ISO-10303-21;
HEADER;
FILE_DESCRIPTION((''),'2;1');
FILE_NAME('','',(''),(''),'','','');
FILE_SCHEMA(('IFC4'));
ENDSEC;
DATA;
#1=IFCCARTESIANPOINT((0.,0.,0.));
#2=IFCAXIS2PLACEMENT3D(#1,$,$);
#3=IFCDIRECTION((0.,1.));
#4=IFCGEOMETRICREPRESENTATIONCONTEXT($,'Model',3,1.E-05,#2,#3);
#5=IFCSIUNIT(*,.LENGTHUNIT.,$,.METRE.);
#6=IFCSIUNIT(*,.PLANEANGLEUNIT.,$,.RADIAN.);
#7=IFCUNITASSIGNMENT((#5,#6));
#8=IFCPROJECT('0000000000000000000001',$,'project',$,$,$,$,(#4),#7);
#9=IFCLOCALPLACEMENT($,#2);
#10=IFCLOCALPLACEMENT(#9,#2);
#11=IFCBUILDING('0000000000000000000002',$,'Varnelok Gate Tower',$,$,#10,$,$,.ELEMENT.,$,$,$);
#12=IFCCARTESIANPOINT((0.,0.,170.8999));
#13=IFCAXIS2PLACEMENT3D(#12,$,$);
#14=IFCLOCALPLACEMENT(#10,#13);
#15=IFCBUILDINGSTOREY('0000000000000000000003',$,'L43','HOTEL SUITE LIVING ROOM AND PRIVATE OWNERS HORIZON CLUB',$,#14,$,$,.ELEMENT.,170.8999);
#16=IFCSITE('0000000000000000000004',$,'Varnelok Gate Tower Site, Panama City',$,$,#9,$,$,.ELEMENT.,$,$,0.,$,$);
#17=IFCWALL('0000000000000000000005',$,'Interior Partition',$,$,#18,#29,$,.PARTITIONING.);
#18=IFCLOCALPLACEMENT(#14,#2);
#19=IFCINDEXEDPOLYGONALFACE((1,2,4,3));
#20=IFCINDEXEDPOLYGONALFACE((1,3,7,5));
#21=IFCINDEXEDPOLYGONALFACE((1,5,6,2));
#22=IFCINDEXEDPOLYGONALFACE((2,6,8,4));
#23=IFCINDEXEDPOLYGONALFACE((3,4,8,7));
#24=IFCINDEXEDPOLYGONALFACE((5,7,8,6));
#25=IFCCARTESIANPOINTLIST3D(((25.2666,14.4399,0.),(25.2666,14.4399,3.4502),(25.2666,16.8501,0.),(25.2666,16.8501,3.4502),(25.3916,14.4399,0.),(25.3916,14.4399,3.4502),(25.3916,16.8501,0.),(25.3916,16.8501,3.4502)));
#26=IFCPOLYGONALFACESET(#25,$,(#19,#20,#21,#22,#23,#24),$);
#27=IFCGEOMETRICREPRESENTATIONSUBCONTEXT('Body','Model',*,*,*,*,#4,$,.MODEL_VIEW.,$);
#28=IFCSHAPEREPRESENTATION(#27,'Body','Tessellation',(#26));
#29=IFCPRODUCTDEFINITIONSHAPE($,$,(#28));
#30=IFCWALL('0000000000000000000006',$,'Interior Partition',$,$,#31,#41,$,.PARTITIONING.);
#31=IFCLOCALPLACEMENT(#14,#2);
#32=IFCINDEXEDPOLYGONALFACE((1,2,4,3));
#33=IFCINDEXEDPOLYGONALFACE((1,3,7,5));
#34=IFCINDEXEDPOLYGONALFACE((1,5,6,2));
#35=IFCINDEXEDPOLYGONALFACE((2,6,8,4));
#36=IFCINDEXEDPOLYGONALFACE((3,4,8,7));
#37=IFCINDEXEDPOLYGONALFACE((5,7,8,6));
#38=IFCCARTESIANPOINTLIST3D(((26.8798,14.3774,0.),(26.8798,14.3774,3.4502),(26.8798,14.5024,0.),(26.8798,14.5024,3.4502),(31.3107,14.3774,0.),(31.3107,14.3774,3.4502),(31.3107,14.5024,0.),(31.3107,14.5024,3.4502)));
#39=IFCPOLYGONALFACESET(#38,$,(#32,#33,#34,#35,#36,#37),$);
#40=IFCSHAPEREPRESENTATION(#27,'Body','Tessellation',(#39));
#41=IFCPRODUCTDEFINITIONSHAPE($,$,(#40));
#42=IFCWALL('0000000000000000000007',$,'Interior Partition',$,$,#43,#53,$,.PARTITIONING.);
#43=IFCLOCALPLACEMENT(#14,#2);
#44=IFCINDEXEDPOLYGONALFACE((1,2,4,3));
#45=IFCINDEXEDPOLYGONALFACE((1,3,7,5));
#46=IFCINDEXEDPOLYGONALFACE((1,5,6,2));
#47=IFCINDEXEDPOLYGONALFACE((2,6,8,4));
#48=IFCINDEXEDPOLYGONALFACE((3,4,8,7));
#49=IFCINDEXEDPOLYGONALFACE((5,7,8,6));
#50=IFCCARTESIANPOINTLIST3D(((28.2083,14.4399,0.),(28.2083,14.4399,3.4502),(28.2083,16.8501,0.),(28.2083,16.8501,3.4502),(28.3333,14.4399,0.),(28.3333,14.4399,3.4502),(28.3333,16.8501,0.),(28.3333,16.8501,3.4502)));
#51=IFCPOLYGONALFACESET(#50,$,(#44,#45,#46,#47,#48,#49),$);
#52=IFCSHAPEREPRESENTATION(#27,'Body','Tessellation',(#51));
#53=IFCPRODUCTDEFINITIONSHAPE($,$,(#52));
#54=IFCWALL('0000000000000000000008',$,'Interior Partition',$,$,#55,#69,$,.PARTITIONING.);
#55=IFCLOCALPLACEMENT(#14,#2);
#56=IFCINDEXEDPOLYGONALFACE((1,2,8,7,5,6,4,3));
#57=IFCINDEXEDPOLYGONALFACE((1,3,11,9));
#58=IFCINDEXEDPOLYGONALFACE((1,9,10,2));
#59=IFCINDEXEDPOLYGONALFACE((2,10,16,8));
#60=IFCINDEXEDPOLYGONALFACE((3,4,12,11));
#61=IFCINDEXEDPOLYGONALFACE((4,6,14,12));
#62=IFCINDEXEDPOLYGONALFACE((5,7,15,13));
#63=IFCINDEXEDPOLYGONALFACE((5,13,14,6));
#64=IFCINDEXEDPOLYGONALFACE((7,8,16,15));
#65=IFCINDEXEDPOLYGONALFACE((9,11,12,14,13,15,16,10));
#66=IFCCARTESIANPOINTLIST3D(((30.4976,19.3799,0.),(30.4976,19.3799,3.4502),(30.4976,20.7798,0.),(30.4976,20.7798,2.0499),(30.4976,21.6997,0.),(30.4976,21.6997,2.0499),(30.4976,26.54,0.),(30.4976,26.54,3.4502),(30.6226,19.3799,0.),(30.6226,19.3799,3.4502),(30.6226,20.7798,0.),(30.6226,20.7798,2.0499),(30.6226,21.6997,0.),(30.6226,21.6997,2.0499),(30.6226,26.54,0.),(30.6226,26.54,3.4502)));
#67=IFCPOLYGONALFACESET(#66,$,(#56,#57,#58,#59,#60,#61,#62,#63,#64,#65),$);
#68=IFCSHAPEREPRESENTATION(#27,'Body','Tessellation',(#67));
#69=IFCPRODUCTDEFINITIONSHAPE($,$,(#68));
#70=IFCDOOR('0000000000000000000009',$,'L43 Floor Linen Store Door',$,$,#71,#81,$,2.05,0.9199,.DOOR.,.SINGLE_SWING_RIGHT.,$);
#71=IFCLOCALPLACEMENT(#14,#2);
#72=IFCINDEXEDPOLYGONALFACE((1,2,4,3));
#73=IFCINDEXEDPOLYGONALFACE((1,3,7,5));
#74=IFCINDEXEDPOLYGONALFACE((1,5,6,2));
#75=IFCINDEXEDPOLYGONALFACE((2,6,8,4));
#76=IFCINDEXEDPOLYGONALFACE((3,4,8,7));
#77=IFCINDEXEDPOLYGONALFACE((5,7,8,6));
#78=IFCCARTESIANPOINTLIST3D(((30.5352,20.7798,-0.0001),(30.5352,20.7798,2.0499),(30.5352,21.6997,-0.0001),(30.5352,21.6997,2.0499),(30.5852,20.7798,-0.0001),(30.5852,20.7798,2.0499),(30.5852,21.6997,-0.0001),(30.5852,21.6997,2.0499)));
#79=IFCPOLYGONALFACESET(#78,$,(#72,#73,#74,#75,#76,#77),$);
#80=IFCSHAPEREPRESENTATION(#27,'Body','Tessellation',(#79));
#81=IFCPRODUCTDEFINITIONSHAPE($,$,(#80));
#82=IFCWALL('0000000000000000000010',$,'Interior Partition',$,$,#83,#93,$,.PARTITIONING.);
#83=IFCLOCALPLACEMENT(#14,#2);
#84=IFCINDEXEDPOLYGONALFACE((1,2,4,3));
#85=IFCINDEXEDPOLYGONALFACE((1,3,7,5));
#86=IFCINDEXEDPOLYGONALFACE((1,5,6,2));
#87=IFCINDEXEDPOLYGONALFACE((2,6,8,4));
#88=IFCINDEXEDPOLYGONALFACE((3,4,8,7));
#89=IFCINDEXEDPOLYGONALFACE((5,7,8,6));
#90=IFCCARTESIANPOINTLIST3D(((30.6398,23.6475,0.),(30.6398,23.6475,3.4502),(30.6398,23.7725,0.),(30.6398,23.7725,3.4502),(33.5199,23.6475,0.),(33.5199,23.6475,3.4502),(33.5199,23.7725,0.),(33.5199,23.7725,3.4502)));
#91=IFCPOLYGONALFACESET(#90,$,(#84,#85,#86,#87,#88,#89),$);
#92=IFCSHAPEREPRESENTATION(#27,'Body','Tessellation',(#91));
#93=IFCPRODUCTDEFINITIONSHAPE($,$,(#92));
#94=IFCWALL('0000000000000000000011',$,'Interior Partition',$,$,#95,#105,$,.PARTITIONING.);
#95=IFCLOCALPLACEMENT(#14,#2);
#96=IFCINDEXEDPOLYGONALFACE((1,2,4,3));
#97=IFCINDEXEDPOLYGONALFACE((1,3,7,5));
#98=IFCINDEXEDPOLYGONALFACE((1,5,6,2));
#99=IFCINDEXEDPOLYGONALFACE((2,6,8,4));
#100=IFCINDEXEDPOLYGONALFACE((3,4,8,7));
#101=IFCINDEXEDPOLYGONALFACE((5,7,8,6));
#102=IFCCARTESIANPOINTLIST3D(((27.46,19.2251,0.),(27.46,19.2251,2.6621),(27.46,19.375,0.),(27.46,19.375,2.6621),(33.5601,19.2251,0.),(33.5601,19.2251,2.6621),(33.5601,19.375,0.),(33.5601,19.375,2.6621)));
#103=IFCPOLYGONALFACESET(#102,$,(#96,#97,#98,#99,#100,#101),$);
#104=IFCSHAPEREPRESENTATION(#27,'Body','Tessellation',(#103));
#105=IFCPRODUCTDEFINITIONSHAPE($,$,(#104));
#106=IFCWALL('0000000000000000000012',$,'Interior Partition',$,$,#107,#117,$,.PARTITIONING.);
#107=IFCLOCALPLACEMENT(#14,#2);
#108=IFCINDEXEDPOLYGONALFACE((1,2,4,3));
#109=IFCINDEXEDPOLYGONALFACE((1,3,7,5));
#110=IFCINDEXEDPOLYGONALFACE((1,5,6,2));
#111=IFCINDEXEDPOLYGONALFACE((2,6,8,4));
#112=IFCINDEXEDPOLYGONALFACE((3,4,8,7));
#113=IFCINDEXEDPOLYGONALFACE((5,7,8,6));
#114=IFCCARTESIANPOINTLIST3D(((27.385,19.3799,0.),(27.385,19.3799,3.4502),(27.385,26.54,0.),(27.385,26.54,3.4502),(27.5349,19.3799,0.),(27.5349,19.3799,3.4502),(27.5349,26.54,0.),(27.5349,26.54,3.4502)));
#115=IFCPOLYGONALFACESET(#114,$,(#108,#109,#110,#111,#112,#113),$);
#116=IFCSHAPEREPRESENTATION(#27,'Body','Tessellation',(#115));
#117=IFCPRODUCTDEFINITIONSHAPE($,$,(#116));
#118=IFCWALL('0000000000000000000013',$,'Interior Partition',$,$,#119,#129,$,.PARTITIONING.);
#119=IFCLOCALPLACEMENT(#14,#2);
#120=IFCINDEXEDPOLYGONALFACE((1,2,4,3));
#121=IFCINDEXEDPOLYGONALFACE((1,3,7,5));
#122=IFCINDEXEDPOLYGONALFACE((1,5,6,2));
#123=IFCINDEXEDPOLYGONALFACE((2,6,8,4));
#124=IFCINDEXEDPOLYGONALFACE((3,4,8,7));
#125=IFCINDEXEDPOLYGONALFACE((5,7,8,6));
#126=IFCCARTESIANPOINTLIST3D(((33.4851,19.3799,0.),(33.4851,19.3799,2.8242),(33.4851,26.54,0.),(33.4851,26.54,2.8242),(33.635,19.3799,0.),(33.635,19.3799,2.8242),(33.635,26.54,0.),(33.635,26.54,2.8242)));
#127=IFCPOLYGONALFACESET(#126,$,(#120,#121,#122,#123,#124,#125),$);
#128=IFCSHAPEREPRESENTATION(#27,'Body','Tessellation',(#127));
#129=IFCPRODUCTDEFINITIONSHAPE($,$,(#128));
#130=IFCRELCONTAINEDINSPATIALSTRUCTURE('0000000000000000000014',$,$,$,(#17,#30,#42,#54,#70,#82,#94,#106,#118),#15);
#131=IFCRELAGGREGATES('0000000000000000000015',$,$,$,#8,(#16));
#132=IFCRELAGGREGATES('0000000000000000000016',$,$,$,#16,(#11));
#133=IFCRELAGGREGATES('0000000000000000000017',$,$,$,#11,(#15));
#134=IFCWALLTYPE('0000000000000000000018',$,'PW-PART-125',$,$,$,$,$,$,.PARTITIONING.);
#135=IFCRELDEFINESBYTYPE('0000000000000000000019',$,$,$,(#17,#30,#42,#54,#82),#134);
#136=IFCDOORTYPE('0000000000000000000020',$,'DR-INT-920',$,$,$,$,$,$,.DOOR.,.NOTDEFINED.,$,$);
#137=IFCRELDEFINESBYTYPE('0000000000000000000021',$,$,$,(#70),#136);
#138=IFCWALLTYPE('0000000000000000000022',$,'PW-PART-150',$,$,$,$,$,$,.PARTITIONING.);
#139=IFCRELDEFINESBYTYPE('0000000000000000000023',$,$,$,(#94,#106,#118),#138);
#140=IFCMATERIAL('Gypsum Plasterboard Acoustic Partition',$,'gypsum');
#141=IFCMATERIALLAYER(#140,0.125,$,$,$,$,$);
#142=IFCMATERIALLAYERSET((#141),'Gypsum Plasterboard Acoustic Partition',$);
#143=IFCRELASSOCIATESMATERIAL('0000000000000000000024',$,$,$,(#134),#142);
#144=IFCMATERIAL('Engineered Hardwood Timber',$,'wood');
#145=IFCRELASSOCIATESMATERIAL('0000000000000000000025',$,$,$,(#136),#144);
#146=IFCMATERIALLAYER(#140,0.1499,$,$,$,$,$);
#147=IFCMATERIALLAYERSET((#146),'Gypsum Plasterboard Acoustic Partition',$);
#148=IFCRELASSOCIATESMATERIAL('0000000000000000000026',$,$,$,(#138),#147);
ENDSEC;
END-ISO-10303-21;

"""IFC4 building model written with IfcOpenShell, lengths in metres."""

from ifc_helpers import new_model, si_unit, direction, frame, frame_2d, origin, place, context, subcontext, project, spatial, rectangle, extrude, material, layer, layer_set, type_object, element, fill, save


model = new_model("IFC4")

# Units and contexts
model_context = context("Model", 3, precision=1e-05, world=origin(), true_north=direction((0.0, 1.0)))
body_context = subcontext(model_context, "Body", "Model", "MODEL_VIEW")
ifc_project = project(units=[si_unit("LENGTHUNIT", "METRE"), si_unit("PLANEANGLEUNIT", "RADIAN")], contexts=[model_context])

# Site, building, storey
site_placement = place(None, origin())
site = spatial("IfcSite", under=ifc_project, at=site_placement, Name="Varnelok Gate Tower Site, Panama City", CompositionType="ELEMENT", RefElevation=0.0)
building_placement = place(site_placement, origin())
building = spatial("IfcBuilding", under=site, at=building_placement, Name="Varnelok Gate Tower", CompositionType="ELEMENT")
storey_placement = place(building_placement, frame((0.0, 0.0, 170.8999)))
storey = spatial("IfcBuildingStorey", under=building, at=storey_placement, Name="L43", Description="HOTEL SUITE LIVING ROOM AND PRIVATE OWNERS HORIZON CLUB", CompositionType="ELEMENT", Elevation=170.8999)

# Shared definitions
ifc_material_1 = material(Name="Gypsum Plasterboard Acoustic Partition", Category="gypsum")
ifc_material_2 = material(Name="Engineered Hardwood Timber", Category="wood")

# Walls
ifc_layer_1 = layer(ifc_material_1, 0.125)
ifc_layer_set_1 = layer_set([ifc_layer_1], Name="Gypsum Plasterboard Acoustic Partition")
wall_type_1 = type_object("IfcWallType", Name="PW-PART-125", PredefinedType="PARTITIONING", material=ifc_layer_set_1)
wall_1_placement = place(storey_placement, frame((25.3291, 14.4399, 0.0), z_axis=(0.0, 0.0, 1.0), x_axis=(0.0, 1.0, 0.0)))
element("IfcWall", 1, at=wall_1_placement, inside=storey, type_object=wall_type_1, Name="Interior Partition", PredefinedType="PARTITIONING", context=body_context, shape_type="SweptSolid", body=[
    extrude(rectangle(XDim=2.4102, YDim=0.125, at=frame_2d((1.2051, 0.0))), origin(), (0.0, 0.0, 1.0), 3.4502),
])
wall_2_placement = place(storey_placement, frame((26.8799, 14.4399, 0.0), z_axis=(0.0, 0.0, 1.0), x_axis=(1.0, 0.0, 0.0)))
element("IfcWall", 2, at=wall_2_placement, inside=storey, type_object=wall_type_1, Name="Interior Partition", PredefinedType="PARTITIONING", context=body_context, shape_type="SweptSolid", body=[
    extrude(rectangle(XDim=4.4309, YDim=0.125, at=frame_2d((2.2153, 0.0))), origin(), (0.0, 0.0, 1.0), 3.4502),
])
wall_3_placement = place(storey_placement, frame((28.2708, 14.4399, 0.0), z_axis=(0.0, 0.0, 1.0), x_axis=(0.0, 1.0, 0.0)))
element("IfcWall", 3, at=wall_3_placement, inside=storey, type_object=wall_type_1, Name="Interior Partition", PredefinedType="PARTITIONING", context=body_context, shape_type="SweptSolid", body=[
    extrude(rectangle(XDim=2.4102, YDim=0.125, at=frame_2d((1.2051, 0.0))), origin(), (0.0, 0.0, 1.0), 3.4502),
])

# Wall, opening, door
wall_4_placement = place(storey_placement, frame((30.5601, 19.3799, 0.0), z_axis=(0.0, 0.0, 1.0), x_axis=(0.0, 1.0, 0.0)))
wall_4 = element("IfcWall", 4, at=wall_4_placement, inside=storey, type_object=wall_type_1, Name="Interior Partition", PredefinedType="PARTITIONING", context=body_context, shape_type="SweptSolid", body=[
    extrude(rectangle(XDim=7.1602, YDim=0.125, at=frame_2d((3.5801, 0.0))), origin(), (0.0, 0.0, 1.0), 3.4502),
])
opening_1_placement = place(wall_4_placement, frame((1.3999, 0.0, 0.0)))
opening_1 = element("IfcOpeningElement", 5, at=opening_1_placement, cuts=wall_4, PredefinedType="OPENING", context=body_context, shape_type="SweptSolid", body=[
    extrude(rectangle(XDim=0.9199, YDim=2.05, at=frame_2d((0.46, 1.0249))), frame((0.0, 0.0725, 0.0), z_axis=(0.0, -1.0, 0.0), x_axis=(1.0, 0.0, 0.0)), (0.0, 0.0, 1.0), 0.145),
])
door_type_1 = type_object("IfcDoorType", Name="DR-INT-920", OperationType="NOTDEFINED", PredefinedType="DOOR", material=ifc_material_2)
door_1_placement = place(opening_1_placement, origin())
door_1 = element("IfcDoor", 6, at=door_1_placement, inside=storey, type_object=door_type_1, Name="L43 Floor Linen Store Door", OperationType="SINGLE_SWING_RIGHT", OverallHeight=2.05, OverallWidth=0.9199, PredefinedType="DOOR", context=body_context, shape_type="SweptSolid", body=[
    extrude(rectangle(XDim=0.9199, YDim=2.05, at=frame_2d((0.46, 1.0249))), frame((0.0, 0.0249, 0.0), z_axis=(0.0, -1.0, 0.0), x_axis=(1.0, 0.0, 0.0)), (0.0, 0.0, 1.0), 0.05),
])
fill(opening_1, door_1)

# Walls
wall_5_placement = place(storey_placement, frame((30.6399, 23.71, 0.0), z_axis=(0.0, 0.0, 1.0), x_axis=(1.0, 0.0, 0.0)))
element("IfcWall", 7, at=wall_5_placement, inside=storey, type_object=wall_type_1, Name="Interior Partition", PredefinedType="PARTITIONING", context=body_context, shape_type="SweptSolid", body=[
    extrude(rectangle(XDim=2.8801, YDim=0.125, at=frame_2d((1.4399, 0.0))), origin(), (0.0, 0.0, 1.0), 3.4502),
])
ifc_layer_2 = layer(ifc_material_1, 0.1499)
ifc_layer_set_2 = layer_set([ifc_layer_2], Name="Gypsum Plasterboard Acoustic Partition")
wall_type_2 = type_object("IfcWallType", Name="PW-PART-150", PredefinedType="PARTITIONING", material=ifc_layer_set_2)
wall_6_placement = place(storey_placement, frame((27.46, 19.3, 0.0), z_axis=(0.0, 0.0, 1.0), x_axis=(1.0, 0.0, 0.0)))
element("IfcWall", 8, at=wall_6_placement, inside=storey, type_object=wall_type_2, Name="Interior Partition", PredefinedType="PARTITIONING", context=body_context, shape_type="SweptSolid", body=[
    extrude(rectangle(XDim=6.1001, YDim=0.1499, at=frame_2d((3.05, 0.0))), origin(), (0.0, 0.0, 1.0), 2.6621),
])
wall_7_placement = place(storey_placement, frame((27.46, 19.3799, 0.0), z_axis=(0.0, 0.0, 1.0), x_axis=(0.0, 1.0, 0.0)))
element("IfcWall", 9, at=wall_7_placement, inside=storey, type_object=wall_type_2, Name="Interior Partition", PredefinedType="PARTITIONING", context=body_context, shape_type="SweptSolid", body=[
    extrude(rectangle(XDim=7.1602, YDim=0.1499, at=frame_2d((3.5801, 0.0))), origin(), (0.0, 0.0, 1.0), 3.4502),
])
wall_8_placement = place(storey_placement, frame((33.5601, 19.3799, 0.0), z_axis=(0.0, 0.0, 1.0), x_axis=(0.0, 1.0, 0.0)))
element("IfcWall", 10, at=wall_8_placement, inside=storey, type_object=wall_type_2, Name="Interior Partition", PredefinedType="PARTITIONING", context=body_context, shape_type="SweptSolid", body=[
    extrude(rectangle(XDim=7.1602, YDim=0.1499, at=frame_2d((3.5801, 0.0))), origin(), (0.0, 0.0, 1.0), 2.8242),
])

save(model, "model.ifc")
